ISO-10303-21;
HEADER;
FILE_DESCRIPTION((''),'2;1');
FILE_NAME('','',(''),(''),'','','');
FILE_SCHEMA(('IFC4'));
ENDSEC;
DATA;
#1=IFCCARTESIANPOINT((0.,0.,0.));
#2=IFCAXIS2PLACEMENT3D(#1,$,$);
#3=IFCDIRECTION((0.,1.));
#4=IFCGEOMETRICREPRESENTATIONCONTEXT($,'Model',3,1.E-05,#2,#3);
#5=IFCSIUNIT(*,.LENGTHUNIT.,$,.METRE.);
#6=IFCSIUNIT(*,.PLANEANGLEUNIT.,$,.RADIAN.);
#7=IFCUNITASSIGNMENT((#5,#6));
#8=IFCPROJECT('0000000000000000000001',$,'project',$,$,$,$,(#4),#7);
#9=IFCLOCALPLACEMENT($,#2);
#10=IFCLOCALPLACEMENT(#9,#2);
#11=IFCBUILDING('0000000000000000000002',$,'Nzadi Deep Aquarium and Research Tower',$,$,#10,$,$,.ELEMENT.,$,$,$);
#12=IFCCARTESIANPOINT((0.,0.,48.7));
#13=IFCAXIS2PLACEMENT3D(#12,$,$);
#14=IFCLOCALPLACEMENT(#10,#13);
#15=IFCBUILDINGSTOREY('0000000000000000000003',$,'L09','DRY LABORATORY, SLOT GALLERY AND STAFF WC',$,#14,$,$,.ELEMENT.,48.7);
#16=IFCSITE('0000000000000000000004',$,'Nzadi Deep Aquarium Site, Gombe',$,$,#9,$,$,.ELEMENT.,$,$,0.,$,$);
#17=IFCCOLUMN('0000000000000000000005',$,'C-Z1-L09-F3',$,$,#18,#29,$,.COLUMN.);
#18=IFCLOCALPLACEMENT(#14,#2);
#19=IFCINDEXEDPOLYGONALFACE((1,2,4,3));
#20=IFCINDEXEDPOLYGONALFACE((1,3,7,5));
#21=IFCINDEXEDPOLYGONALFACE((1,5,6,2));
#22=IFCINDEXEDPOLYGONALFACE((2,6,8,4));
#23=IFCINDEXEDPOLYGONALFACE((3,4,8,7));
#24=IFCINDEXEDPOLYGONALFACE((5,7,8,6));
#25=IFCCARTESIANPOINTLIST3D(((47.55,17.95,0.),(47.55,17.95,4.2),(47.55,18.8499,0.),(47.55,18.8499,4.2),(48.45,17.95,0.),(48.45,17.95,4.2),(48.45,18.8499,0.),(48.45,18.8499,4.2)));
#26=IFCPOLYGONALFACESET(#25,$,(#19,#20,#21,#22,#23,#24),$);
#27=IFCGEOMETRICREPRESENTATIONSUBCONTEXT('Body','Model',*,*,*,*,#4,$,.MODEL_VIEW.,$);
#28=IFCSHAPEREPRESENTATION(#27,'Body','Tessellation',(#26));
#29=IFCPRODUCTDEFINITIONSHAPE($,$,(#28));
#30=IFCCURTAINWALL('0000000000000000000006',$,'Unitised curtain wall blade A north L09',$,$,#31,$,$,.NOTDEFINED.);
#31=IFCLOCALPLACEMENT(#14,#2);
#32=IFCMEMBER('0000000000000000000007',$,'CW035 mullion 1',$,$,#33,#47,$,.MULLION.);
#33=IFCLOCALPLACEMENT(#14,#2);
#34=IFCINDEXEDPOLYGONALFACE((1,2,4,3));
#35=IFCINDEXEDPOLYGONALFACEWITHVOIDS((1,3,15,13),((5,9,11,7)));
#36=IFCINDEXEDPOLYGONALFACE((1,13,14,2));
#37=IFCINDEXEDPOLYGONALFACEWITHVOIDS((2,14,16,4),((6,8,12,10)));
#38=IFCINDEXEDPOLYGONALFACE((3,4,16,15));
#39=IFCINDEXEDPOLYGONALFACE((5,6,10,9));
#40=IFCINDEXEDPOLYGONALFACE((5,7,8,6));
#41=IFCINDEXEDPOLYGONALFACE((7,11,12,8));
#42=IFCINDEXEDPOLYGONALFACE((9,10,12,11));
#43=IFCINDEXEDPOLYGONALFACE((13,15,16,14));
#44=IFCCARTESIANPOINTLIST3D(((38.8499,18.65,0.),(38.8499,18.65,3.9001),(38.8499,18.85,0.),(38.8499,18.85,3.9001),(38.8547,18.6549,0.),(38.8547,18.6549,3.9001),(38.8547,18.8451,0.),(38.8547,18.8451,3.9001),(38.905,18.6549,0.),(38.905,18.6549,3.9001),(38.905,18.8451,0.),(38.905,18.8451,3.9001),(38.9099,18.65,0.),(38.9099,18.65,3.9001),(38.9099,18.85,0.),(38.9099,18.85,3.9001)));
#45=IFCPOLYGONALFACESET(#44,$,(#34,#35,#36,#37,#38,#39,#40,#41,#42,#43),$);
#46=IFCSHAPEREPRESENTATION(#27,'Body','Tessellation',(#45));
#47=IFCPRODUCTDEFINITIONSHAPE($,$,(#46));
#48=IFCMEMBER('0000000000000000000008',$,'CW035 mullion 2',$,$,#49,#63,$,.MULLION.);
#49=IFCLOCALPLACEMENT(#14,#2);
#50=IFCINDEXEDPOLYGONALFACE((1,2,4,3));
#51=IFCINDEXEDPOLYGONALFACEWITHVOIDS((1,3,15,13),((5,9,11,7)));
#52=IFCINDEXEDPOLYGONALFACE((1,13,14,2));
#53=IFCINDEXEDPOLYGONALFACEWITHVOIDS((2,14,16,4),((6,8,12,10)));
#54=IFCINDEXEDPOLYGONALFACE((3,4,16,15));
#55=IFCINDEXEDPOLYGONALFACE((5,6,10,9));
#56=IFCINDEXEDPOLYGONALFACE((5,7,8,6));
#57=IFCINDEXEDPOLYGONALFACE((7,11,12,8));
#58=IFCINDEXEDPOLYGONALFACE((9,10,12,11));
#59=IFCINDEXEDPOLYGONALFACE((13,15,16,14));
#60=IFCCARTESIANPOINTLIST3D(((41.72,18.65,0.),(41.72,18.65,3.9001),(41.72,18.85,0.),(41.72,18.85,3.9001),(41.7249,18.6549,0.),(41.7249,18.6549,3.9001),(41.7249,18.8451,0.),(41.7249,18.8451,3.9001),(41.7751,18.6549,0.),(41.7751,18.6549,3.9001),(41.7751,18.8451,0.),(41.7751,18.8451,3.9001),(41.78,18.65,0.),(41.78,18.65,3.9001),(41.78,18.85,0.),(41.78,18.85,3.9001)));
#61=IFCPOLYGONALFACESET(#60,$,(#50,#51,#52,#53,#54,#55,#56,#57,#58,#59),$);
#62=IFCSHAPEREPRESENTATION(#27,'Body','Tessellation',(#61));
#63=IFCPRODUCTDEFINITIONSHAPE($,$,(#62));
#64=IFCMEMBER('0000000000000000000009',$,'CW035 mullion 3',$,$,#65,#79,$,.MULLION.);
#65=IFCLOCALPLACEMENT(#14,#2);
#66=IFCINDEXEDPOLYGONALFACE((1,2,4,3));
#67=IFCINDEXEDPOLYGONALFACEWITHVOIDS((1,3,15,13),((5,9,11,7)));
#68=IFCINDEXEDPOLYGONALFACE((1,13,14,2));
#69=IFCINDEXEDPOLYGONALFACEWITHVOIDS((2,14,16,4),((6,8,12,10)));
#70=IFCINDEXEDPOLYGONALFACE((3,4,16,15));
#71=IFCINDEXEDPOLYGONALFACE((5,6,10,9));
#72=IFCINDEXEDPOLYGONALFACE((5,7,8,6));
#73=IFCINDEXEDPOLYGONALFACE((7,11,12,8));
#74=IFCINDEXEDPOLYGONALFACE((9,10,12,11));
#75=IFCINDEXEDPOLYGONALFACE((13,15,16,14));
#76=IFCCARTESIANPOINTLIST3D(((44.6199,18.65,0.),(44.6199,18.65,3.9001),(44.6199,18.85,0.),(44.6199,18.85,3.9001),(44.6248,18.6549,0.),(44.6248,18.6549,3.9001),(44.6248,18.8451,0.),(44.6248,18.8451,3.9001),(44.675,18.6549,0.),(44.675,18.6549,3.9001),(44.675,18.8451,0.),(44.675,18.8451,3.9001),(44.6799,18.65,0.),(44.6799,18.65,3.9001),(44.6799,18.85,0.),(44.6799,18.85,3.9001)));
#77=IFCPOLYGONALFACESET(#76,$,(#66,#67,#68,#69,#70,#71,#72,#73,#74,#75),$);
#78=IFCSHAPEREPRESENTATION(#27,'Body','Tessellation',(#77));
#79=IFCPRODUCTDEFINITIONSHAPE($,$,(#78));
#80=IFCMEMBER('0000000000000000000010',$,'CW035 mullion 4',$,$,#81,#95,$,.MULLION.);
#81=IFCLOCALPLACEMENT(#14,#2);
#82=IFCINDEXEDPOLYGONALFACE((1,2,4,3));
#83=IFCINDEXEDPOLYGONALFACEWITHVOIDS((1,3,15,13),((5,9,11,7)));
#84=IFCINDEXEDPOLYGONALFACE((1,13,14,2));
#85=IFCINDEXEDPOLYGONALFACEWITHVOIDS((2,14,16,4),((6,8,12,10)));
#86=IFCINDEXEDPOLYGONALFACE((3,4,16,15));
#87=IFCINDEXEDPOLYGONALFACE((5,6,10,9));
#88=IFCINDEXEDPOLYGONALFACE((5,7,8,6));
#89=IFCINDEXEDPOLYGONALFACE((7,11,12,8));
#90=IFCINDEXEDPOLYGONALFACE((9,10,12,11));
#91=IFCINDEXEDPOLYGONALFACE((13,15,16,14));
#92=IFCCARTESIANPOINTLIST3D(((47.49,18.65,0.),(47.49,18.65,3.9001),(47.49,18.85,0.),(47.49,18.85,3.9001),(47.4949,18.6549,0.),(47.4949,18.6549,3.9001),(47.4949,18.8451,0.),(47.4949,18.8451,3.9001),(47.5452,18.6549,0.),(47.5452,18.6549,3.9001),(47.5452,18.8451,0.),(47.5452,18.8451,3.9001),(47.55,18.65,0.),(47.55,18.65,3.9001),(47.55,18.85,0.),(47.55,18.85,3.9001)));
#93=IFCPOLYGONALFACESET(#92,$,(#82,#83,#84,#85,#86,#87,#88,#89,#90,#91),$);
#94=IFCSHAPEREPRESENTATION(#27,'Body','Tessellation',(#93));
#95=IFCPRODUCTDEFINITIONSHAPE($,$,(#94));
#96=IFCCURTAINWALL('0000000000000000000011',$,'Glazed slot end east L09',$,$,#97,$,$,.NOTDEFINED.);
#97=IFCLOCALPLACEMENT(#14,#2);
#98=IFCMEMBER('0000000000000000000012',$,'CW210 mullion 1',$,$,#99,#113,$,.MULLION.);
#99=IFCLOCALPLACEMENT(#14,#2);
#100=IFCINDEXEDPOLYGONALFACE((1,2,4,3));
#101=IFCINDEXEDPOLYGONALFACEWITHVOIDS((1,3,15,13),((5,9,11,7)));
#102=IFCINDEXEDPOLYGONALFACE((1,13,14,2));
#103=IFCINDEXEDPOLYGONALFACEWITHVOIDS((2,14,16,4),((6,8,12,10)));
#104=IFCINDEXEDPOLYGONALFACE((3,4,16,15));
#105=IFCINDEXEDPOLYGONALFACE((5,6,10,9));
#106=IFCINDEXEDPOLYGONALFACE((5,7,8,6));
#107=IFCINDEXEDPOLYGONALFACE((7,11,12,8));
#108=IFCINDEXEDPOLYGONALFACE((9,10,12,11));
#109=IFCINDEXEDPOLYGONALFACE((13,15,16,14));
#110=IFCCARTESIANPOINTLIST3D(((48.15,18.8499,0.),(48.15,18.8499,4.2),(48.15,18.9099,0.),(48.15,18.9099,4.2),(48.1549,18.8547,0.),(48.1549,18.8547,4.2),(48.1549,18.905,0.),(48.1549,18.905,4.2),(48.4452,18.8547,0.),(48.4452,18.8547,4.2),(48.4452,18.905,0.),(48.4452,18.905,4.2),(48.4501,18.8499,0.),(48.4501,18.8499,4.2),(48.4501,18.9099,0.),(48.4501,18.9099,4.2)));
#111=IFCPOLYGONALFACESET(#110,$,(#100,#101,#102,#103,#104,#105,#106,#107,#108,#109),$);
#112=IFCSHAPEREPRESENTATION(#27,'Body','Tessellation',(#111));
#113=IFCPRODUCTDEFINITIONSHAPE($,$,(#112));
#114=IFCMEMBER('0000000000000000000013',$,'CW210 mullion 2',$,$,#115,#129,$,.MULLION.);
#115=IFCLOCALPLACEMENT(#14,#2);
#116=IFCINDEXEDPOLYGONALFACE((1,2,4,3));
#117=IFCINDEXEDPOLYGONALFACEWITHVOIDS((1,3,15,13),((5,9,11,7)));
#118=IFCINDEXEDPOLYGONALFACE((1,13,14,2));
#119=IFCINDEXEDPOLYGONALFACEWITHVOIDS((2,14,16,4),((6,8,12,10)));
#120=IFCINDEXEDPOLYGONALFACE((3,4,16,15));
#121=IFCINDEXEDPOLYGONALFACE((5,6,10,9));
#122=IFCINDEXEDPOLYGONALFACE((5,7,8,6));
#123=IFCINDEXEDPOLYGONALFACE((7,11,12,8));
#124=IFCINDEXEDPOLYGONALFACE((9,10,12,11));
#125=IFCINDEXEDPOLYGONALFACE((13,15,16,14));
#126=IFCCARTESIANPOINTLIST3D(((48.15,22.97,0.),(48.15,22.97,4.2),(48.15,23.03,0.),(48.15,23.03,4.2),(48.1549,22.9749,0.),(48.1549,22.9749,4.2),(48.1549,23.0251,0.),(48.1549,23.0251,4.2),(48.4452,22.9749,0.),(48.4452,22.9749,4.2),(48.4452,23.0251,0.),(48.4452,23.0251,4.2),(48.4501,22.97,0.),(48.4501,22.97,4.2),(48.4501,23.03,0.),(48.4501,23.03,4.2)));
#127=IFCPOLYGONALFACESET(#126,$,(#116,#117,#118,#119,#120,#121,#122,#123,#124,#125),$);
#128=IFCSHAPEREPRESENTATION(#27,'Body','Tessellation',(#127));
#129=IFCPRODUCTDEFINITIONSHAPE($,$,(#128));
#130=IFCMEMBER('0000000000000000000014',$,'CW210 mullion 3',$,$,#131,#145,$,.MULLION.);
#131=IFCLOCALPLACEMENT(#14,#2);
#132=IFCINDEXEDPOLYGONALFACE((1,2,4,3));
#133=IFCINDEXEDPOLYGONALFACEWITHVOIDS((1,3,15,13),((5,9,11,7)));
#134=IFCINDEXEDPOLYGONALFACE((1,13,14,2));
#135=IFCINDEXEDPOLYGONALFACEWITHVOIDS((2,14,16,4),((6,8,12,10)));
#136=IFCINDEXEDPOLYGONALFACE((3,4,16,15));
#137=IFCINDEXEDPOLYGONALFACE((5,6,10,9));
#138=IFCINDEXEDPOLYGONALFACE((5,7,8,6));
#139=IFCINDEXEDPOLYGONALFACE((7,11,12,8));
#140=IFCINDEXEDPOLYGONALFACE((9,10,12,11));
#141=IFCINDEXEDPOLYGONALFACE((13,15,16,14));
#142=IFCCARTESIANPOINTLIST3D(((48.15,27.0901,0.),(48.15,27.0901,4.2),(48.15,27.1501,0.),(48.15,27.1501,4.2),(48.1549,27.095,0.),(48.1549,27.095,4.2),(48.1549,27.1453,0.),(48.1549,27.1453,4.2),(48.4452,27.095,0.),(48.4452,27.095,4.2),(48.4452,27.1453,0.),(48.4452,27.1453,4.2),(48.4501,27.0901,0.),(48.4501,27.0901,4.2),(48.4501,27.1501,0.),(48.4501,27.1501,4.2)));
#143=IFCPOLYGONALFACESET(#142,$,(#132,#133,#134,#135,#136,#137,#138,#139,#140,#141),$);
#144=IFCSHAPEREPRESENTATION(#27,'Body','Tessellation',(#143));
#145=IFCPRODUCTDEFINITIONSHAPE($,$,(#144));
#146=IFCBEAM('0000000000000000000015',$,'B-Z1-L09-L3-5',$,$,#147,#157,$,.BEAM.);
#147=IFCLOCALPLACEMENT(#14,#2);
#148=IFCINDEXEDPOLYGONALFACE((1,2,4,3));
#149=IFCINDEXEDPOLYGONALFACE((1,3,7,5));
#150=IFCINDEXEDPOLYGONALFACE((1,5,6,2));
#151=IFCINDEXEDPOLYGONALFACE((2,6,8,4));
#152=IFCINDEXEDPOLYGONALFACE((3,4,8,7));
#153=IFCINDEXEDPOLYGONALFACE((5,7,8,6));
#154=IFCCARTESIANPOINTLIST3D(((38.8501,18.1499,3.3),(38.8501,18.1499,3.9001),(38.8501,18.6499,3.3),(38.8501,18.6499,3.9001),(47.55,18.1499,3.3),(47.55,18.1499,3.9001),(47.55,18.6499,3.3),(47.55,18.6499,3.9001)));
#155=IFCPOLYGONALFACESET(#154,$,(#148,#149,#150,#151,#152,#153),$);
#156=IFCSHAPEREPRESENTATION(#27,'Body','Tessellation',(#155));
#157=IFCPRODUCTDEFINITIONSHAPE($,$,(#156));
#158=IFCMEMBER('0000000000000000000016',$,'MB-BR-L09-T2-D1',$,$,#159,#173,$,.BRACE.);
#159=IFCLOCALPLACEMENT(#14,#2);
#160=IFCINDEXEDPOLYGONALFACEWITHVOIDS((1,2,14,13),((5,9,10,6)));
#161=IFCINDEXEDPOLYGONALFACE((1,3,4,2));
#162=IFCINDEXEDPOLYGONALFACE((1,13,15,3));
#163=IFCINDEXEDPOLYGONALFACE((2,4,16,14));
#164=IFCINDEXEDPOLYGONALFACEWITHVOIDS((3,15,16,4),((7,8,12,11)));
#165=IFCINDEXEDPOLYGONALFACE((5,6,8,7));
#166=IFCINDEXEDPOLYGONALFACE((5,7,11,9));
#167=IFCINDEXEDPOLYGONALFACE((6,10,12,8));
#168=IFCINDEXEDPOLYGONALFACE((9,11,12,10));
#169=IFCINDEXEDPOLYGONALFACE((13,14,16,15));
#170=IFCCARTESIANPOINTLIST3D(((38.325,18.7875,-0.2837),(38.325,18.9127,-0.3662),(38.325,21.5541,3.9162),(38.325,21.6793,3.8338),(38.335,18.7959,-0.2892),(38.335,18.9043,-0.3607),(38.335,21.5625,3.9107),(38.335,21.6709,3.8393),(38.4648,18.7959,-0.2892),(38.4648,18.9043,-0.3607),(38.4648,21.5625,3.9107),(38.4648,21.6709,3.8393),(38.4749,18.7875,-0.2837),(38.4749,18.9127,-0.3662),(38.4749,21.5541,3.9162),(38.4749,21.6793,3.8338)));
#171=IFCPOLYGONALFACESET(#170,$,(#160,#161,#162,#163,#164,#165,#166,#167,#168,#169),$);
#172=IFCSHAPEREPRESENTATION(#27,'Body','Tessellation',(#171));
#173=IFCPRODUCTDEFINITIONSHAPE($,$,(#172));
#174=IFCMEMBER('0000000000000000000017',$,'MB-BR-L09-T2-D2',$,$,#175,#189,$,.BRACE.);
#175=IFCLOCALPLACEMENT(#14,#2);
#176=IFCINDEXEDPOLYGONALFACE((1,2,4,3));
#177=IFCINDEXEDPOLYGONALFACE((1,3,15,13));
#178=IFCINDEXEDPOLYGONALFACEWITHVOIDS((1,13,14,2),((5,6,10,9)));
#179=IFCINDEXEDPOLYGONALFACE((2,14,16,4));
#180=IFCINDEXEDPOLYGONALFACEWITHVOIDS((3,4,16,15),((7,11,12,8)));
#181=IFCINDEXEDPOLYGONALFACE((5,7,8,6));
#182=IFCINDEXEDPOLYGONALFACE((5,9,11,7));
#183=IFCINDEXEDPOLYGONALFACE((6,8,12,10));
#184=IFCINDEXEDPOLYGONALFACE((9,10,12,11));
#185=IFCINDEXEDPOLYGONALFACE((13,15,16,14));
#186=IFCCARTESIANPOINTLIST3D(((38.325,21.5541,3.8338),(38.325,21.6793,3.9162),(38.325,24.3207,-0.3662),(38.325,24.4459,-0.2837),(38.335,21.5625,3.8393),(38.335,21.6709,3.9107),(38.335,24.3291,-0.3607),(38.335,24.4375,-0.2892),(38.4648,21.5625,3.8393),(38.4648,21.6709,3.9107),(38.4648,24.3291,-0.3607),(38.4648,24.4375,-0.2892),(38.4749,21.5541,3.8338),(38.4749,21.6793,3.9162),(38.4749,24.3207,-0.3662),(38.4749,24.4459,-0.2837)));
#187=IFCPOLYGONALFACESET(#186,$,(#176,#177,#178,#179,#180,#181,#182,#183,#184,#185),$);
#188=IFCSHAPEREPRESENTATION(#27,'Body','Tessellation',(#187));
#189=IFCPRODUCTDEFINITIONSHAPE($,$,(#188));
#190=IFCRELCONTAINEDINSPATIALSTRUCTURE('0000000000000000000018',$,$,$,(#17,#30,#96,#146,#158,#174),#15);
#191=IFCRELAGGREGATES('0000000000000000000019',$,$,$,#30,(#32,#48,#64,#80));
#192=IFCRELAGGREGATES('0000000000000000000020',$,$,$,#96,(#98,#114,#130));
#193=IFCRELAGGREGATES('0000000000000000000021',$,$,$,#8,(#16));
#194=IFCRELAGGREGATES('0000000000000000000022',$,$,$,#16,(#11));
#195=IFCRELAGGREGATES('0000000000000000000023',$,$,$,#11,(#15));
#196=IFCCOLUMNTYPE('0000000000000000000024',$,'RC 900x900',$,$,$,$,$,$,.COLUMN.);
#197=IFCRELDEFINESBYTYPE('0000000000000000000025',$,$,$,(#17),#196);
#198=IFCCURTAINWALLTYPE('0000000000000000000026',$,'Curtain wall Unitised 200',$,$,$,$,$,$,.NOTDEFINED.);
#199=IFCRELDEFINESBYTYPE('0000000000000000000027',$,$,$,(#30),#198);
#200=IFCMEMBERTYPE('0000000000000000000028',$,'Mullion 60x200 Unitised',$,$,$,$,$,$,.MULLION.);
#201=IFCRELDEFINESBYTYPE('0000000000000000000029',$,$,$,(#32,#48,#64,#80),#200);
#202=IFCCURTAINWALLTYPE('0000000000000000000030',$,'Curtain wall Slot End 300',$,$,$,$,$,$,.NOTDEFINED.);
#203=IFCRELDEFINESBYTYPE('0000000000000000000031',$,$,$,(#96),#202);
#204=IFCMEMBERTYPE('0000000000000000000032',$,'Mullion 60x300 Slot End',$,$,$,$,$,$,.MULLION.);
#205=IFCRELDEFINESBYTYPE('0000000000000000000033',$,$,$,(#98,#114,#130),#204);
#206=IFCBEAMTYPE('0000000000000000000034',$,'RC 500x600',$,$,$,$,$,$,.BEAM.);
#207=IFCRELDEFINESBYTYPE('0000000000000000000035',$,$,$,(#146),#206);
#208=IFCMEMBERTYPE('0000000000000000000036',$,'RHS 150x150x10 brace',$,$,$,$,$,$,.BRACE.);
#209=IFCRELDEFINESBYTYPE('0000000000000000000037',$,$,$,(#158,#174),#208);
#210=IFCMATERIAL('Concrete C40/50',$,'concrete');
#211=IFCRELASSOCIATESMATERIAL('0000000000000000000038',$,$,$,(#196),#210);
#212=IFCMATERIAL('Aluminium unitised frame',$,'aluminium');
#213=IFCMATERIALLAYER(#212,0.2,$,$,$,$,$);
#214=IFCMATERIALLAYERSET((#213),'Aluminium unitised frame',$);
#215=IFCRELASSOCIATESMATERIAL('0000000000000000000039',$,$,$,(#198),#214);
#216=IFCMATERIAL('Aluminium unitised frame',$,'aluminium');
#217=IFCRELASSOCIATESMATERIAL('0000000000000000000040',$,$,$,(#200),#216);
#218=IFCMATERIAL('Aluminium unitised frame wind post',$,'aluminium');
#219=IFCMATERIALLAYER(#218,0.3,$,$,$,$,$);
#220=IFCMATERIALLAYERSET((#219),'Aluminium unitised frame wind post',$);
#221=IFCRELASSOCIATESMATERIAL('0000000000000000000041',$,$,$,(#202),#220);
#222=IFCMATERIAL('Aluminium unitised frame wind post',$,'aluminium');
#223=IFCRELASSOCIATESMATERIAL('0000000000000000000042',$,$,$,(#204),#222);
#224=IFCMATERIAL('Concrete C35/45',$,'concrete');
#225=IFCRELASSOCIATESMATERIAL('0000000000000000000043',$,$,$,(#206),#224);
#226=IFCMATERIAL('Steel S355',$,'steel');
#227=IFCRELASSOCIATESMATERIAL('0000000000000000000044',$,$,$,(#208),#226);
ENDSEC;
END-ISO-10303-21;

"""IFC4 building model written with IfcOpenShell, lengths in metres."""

from ifc_helpers import new_model, si_unit, direction, frame, origin, origin_2d, place, context, subcontext, project, spatial, rectangle, hollow_rectangle, extrude, material, layer, layer_set, material_profile, profile_set, type_object, element, aggregate, save


model = new_model("IFC4")

# Units and contexts
model_context = context("Model", 3, precision=1e-05, world=origin(), true_north=direction((0.0, 1.0)))
body_context = subcontext(model_context, "Body", "Model", "MODEL_VIEW")
ifc_project = project(units=[si_unit("LENGTHUNIT", "METRE"), si_unit("PLANEANGLEUNIT", "RADIAN")], contexts=[model_context])

# Site, building, storey
site_placement = place(None, origin())
site = spatial("IfcSite", under=ifc_project, at=site_placement, Name="Nzadi Deep Aquarium Site, Gombe", CompositionType="ELEMENT", RefElevation=0.0)
building_placement = place(site_placement, origin())
building = spatial("IfcBuilding", under=site, at=building_placement, Name="Nzadi Deep Aquarium and Research Tower", CompositionType="ELEMENT")
storey_placement = place(building_placement, frame((0.0, 0.0, 48.7)))
storey = spatial("IfcBuildingStorey", under=building, at=storey_placement, Name="L09", Description="DRY LABORATORY, SLOT GALLERY AND STAFF WC", CompositionType="ELEMENT", Elevation=48.7)

# Column
ifc_material_1 = material(Name="Concrete C40/50", Category="concrete")
ifc_material_profile_1 = material_profile(ifc_material_1, rectangle(XDim=0.8999, YDim=0.8999, at=origin_2d()))
ifc_profile_set_1 = profile_set([ifc_material_profile_1], Name="Concrete C40/50")
column_type = type_object("IfcColumnType", Name="RC 900x900", PredefinedType="COLUMN", material=ifc_profile_set_1)
column_placement = place(storey_placement, frame((48.0, 18.3999, 0.0), z_axis=(0.0, 0.0, 1.0), x_axis=(1.0, 0.0, 0.0)))
element("IfcColumn", 1, at=column_placement, inside=storey, type_object=column_type, Name="C-Z1-L09-F3", PredefinedType="COLUMN", context=body_context, shape_type="SweptSolid", body=[
    extrude(rectangle(XDim=0.8999, YDim=0.8999, at=origin_2d()), origin(), (0.0, 0.0, 1.0), 4.2),
])

# Curtain walls, members
ifc_material_2 = material(Name="Aluminium unitised frame", Category="aluminium")
ifc_layer_1 = layer(ifc_material_2, 0.2)
ifc_layer_set_1 = layer_set([ifc_layer_1], Name="Aluminium unitised frame")
curtain_wall_type_1 = type_object("IfcCurtainWallType", Name="Curtain wall Unitised 200", PredefinedType="NOTDEFINED", material=ifc_layer_set_1)
curtain_wall_1_placement = place(storey_placement, origin())
curtain_wall_1 = element("IfcCurtainWall", 2, at=curtain_wall_1_placement, inside=storey, type_object=curtain_wall_type_1, Name="Unitised curtain wall blade A north L09", PredefinedType="NOTDEFINED")
ifc_material_3 = material(Name="Aluminium unitised frame", Category="aluminium")
ifc_material_profile_2 = material_profile(ifc_material_3, hollow_rectangle(XDim=0.2, YDim=0.0601, WallThickness=0.0049, at=origin_2d()))
ifc_profile_set_2 = profile_set([ifc_material_profile_2], Name="Aluminium unitised frame")
member_type_1 = type_object("IfcMemberType", Name="Mullion 60x200 Unitised", PredefinedType="MULLION", material=ifc_profile_set_2)
member_1_placement = place(storey_placement, frame((38.8799, 18.75, 0.0), z_axis=(0.0, 0.0, 1.0), x_axis=(0.0, 1.0, 0.0)))
member_1 = element("IfcMember", 3, at=member_1_placement, type_object=member_type_1, Name="CW035 mullion 1", PredefinedType="MULLION", context=body_context, shape_type="SweptSolid", body=[
    extrude(hollow_rectangle(XDim=0.2, YDim=0.0601, WallThickness=0.0049, at=origin_2d()), origin(), (0.0, 0.0, 1.0), 3.9001),
])
member_2_placement = place(storey_placement, frame((41.75, 18.75, 0.0), z_axis=(0.0, 0.0, 1.0), x_axis=(0.0, 1.0, 0.0)))
member_2 = element("IfcMember", 4, at=member_2_placement, type_object=member_type_1, Name="CW035 mullion 2", PredefinedType="MULLION", context=body_context, shape_type="SweptSolid", body=[
    extrude(hollow_rectangle(XDim=0.2, YDim=0.0601, WallThickness=0.0049, at=origin_2d()), origin(), (0.0, 0.0, 1.0), 3.9001),
])
member_3_placement = place(storey_placement, frame((44.6499, 18.75, 0.0), z_axis=(0.0, 0.0, 1.0), x_axis=(0.0, 1.0, 0.0)))
member_3 = element("IfcMember", 5, at=member_3_placement, type_object=member_type_1, Name="CW035 mullion 3", PredefinedType="MULLION", context=body_context, shape_type="SweptSolid", body=[
    extrude(hollow_rectangle(XDim=0.2, YDim=0.0601, WallThickness=0.0049, at=origin_2d()), origin(), (0.0, 0.0, 1.0), 3.9001),
])
member_4_placement = place(storey_placement, frame((47.52, 18.75, 0.0), z_axis=(0.0, 0.0, 1.0), x_axis=(0.0, 1.0, 0.0)))
member_4 = element("IfcMember", 6, at=member_4_placement, type_object=member_type_1, Name="CW035 mullion 4", PredefinedType="MULLION", context=body_context, shape_type="SweptSolid", body=[
    extrude(hollow_rectangle(XDim=0.2, YDim=0.0601, WallThickness=0.0049, at=origin_2d()), origin(), (0.0, 0.0, 1.0), 3.9001),
])
ifc_material_4 = material(Name="Aluminium unitised frame wind post", Category="aluminium")
ifc_layer_2 = layer(ifc_material_4, 0.3)
ifc_layer_set_2 = layer_set([ifc_layer_2], Name="Aluminium unitised frame wind post")
curtain_wall_type_2 = type_object("IfcCurtainWallType", Name="Curtain wall Slot End 300", PredefinedType="NOTDEFINED", material=ifc_layer_set_2)
curtain_wall_2_placement = place(storey_placement, origin())
curtain_wall_2 = element("IfcCurtainWall", 7, at=curtain_wall_2_placement, inside=storey, type_object=curtain_wall_type_2, Name="Glazed slot end east L09", PredefinedType="NOTDEFINED")
ifc_material_5 = material(Name="Aluminium unitised frame wind post", Category="aluminium")
ifc_material_profile_3 = material_profile(ifc_material_5, hollow_rectangle(XDim=0.3, YDim=0.0601, WallThickness=0.0049, at=origin_2d()))
ifc_profile_set_3 = profile_set([ifc_material_profile_3], Name="Aluminium unitised frame wind post")
member_type_2 = type_object("IfcMemberType", Name="Mullion 60x300 Slot End", PredefinedType="MULLION", material=ifc_profile_set_3)
member_5_placement = place(storey_placement, frame((48.3, 18.8799, 0.0), z_axis=(0.0, 0.0, 1.0), x_axis=(-1.0, 0.0, 0.0)))
member_5 = element("IfcMember", 8, at=member_5_placement, type_object=member_type_2, Name="CW210 mullion 1", PredefinedType="MULLION", context=body_context, shape_type="SweptSolid", body=[
    extrude(hollow_rectangle(XDim=0.3, YDim=0.0601, WallThickness=0.0049, at=origin_2d()), origin(), (0.0, 0.0, 1.0), 4.2),
])
member_6_placement = place(storey_placement, frame((48.3, 23.0, 0.0), z_axis=(0.0, 0.0, 1.0), x_axis=(-1.0, 0.0, 0.0)))
member_6 = element("IfcMember", 9, at=member_6_placement, type_object=member_type_2, Name="CW210 mullion 2", PredefinedType="MULLION", context=body_context, shape_type="SweptSolid", body=[
    extrude(hollow_rectangle(XDim=0.3, YDim=0.0601, WallThickness=0.0049, at=origin_2d()), origin(), (0.0, 0.0, 1.0), 4.2),
])
member_7_placement = place(storey_placement, frame((48.3, 27.1201, 0.0), z_axis=(0.0, 0.0, 1.0), x_axis=(-1.0, 0.0, 0.0)))
member_7 = element("IfcMember", 10, at=member_7_placement, type_object=member_type_2, Name="CW210 mullion 3", PredefinedType="MULLION", context=body_context, shape_type="SweptSolid", body=[
    extrude(hollow_rectangle(XDim=0.3, YDim=0.0601, WallThickness=0.0049, at=origin_2d()), origin(), (0.0, 0.0, 1.0), 4.2),
])

# Beam
ifc_material_6 = material(Name="Concrete C35/45", Category="concrete")
ifc_material_profile_4 = material_profile(ifc_material_6, rectangle(XDim=0.5, YDim=0.6001, at=origin_2d()))
ifc_profile_set_4 = profile_set([ifc_material_profile_4], Name="Concrete C35/45")
beam_type = type_object("IfcBeamType", Name="RC 500x600", PredefinedType="BEAM", material=ifc_profile_set_4)
beam_placement = place(storey_placement, frame((38.8501, 18.3999, 3.6001), z_axis=(1.0, 0.0, 0.0), x_axis=(0.0, 1.0, 0.0)))
element("IfcBeam", 11, at=beam_placement, inside=storey, type_object=beam_type, Name="B-Z1-L09-L3-5", PredefinedType="BEAM", context=body_context, shape_type="SweptSolid", body=[
    extrude(rectangle(XDim=0.5, YDim=0.6001, at=origin_2d()), origin(), (0.0, 0.0, 1.0), 8.7),
])

# Members
ifc_material_7 = material(Name="Steel S355", Category="steel")
ifc_material_profile_5 = material_profile(ifc_material_7, hollow_rectangle(XDim=0.1499, YDim=0.1499, WallThickness=0.01, at=origin_2d()))
ifc_profile_set_5 = profile_set([ifc_material_profile_5], Name="Steel S355")
member_type_3 = type_object("IfcMemberType", Name="RHS 150x150x10 brace", PredefinedType="BRACE", material=ifc_profile_set_5)
for number, where, z_axis, x_axis, name in (
    (12, (38.3999, 18.8501, -0.325), (0.0, 0.550099, 0.8351), (-1.0, 0.0, 0.0), "MB-BR-L09-T2-D1"),
    (13, (38.3999, 21.6167, 3.875), (0.0, 0.550099, -0.8351), (-1.0, 0.0, 0.0), "MB-BR-L09-T2-D2"),
):
    element("IfcMember", number, at=place(storey_placement, frame(where, z_axis=z_axis, x_axis=x_axis)), inside=storey, type_object=member_type_3, Name=name, PredefinedType="BRACE", context=body_context, shape_type="SweptSolid", body=[
        extrude(hollow_rectangle(XDim=0.1499, YDim=0.1499, WallThickness=0.01, at=origin_2d()), origin(), (0.0, 0.0, 1.0), 5.0293),
    ])

aggregate(curtain_wall_1, [member_1, member_2, member_3, member_4])
aggregate(curtain_wall_2, [member_5, member_6, member_7])

save(model, "model.ifc")
